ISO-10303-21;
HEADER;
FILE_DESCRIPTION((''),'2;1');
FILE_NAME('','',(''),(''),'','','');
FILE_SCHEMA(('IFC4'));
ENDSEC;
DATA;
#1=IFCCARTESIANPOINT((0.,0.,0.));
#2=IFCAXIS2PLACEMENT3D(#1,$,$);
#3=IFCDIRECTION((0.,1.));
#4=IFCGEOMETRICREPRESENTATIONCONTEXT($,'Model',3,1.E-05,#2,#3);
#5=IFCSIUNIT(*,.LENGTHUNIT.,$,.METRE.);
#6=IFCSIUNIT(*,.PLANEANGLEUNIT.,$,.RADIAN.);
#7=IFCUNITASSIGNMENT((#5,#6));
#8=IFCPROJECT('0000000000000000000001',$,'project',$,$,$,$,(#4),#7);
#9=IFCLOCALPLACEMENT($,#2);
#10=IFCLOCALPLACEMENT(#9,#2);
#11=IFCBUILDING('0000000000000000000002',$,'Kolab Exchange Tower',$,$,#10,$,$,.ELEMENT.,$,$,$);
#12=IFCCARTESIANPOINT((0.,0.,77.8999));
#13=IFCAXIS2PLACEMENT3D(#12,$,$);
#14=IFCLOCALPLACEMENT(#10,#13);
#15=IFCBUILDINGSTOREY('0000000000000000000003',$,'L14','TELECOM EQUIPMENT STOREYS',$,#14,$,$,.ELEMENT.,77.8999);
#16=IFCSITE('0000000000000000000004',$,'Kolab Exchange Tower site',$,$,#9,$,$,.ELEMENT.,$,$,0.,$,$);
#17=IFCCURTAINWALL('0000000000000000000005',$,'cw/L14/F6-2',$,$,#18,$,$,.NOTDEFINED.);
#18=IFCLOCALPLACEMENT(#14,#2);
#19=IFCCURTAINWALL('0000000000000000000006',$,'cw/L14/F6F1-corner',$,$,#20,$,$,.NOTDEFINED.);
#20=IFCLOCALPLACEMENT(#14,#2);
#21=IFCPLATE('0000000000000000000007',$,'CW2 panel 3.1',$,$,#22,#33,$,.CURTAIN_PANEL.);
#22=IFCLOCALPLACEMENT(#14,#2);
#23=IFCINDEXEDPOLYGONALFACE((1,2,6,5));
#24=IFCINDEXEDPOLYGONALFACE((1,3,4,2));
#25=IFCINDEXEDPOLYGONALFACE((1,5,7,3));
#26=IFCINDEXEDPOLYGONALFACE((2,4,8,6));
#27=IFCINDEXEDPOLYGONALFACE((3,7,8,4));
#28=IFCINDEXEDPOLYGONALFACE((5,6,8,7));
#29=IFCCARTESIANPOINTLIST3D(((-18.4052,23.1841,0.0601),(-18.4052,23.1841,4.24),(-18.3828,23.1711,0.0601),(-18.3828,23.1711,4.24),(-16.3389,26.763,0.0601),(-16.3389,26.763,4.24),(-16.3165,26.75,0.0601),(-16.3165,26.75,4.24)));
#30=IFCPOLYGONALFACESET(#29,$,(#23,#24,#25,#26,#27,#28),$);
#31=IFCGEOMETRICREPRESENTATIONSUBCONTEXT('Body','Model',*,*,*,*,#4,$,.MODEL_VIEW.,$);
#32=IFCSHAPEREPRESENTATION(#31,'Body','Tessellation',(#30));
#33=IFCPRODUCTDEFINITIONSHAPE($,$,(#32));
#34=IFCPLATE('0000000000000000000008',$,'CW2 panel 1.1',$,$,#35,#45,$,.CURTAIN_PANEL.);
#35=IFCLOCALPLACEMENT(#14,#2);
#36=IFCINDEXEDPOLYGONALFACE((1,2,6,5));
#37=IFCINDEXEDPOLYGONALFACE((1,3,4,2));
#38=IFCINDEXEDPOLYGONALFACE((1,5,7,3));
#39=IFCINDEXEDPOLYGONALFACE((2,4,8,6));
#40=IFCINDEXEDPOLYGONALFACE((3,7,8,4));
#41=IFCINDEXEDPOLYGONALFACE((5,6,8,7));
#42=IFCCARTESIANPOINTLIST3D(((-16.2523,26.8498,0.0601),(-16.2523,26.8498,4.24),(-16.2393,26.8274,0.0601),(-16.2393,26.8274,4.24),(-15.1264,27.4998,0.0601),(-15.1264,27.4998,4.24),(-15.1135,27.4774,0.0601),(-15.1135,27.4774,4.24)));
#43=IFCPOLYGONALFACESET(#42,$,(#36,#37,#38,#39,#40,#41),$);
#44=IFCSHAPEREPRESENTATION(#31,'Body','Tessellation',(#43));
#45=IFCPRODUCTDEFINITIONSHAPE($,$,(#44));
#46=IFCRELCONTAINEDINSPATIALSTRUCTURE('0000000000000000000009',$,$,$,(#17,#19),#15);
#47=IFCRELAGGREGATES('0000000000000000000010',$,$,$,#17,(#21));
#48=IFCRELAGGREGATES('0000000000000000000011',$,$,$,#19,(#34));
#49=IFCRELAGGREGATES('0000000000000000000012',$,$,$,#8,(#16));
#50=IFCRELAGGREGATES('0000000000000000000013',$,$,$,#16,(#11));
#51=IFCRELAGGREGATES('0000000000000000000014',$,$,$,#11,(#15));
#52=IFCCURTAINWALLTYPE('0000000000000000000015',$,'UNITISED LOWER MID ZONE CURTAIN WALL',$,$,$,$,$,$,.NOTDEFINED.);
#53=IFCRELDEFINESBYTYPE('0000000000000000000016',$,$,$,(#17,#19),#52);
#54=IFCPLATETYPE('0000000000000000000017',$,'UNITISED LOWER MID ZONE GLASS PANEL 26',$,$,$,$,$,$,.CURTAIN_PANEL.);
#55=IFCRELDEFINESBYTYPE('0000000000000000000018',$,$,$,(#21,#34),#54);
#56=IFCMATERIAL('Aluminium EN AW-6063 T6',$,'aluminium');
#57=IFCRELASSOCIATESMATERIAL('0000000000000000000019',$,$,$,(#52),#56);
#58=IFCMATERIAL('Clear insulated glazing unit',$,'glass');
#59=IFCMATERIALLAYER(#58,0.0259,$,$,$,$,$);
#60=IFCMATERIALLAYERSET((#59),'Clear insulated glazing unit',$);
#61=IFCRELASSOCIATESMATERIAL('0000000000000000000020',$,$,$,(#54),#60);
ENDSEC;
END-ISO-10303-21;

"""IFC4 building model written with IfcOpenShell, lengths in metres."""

from ifc_helpers import new_model, si_unit, direction, frame, origin, origin_2d, place, context, subcontext, project, spatial, rectangle, extrude, material, layer, layer_set, type_object, element, aggregate, save


model = new_model("IFC4")

# Units and contexts
model_context = context("Model", 3, precision=1e-05, world=origin(), true_north=direction((0.0, 1.0)))
body_context = subcontext(model_context, "Body", "Model", "MODEL_VIEW")
ifc_project = project(units=[si_unit("LENGTHUNIT", "METRE"), si_unit("PLANEANGLEUNIT", "RADIAN")], contexts=[model_context])

# Site, building, storey
site_placement = place(None, origin())
site = spatial("IfcSite", under=ifc_project, at=site_placement, Name="Kolab Exchange Tower site", CompositionType="ELEMENT", RefElevation=0.0)
building_placement = place(site_placement, origin())
building = spatial("IfcBuilding", under=site, at=building_placement, Name="Kolab Exchange Tower", CompositionType="ELEMENT")
storey_placement = place(building_placement, frame((0.0, 0.0, 77.8999)))
storey = spatial("IfcBuildingStorey", under=building, at=storey_placement, Name="L14", Description="TELECOM EQUIPMENT STOREYS", CompositionType="ELEMENT", Elevation=77.8999)

# Shared definitions
ifc_material_1 = material(Name="Aluminium EN AW-6063 T6", Category="aluminium")
curtain_wall_type = type_object("IfcCurtainWallType", Name="UNITISED LOWER MID ZONE CURTAIN WALL", PredefinedType="NOTDEFINED", material=ifc_material_1)

# Curtain walls
curtain_wall_1_placement = place(storey_placement, origin())
curtain_wall_1 = element("IfcCurtainWall", 1, at=curtain_wall_1_placement, inside=storey, type_object=curtain_wall_type, Name="cw/L14/F6-2", PredefinedType="NOTDEFINED")
curtain_wall_2_placement = place(storey_placement, origin())
curtain_wall_2 = element("IfcCurtainWall", 2, at=curtain_wall_2_placement, inside=storey, type_object=curtain_wall_type, Name="cw/L14/F6F1-corner", PredefinedType="NOTDEFINED")

# Plates
ifc_material_2 = material(Name="Clear insulated glazing unit", Category="glass")
ifc_layer = layer(ifc_material_2, 0.0259)
ifc_layer_set = layer_set([ifc_layer], Name="Clear insulated glazing unit")
plate_type = type_object("IfcPlateType", Name="UNITISED LOWER MID ZONE GLASS PANEL 26", PredefinedType="CURTAIN_PANEL", material=ifc_layer_set)
plate_1_placement = place(storey_placement, frame((-17.3608, 24.967, 0.0601), z_axis=(0.0, 0.0, 1.0), x_axis=(0.5, 0.866025, 0.0)))
plate_1 = element("IfcPlate", 3, at=plate_1_placement, type_object=plate_type, Name="CW2 panel 3.1", PredefinedType="CURTAIN_PANEL", context=body_context, shape_type="SweptSolid", body=[
    extrude(rectangle(XDim=4.1326, YDim=0.0259, at=origin_2d()), origin(), (0.0, 0.0, 1.0), 4.1799),
])
aggregate(curtain_wall_1, [plate_1])
plate_2_placement = place(storey_placement, frame((-15.6829, 27.1636, 0.0601), z_axis=(0.0, 0.0, 1.0), x_axis=(0.866025, 0.5, 0.0)))
plate_2 = element("IfcPlate", 4, at=plate_2_placement, type_object=plate_type, Name="CW2 panel 1.1", PredefinedType="CURTAIN_PANEL", context=body_context, shape_type="SweptSolid", body=[
    extrude(rectangle(XDim=1.3, YDim=0.0259, at=origin_2d()), origin(), (0.0, 0.0, 1.0), 4.1799),
])
aggregate(curtain_wall_2, [plate_2])

save(model, "model.ifc")
